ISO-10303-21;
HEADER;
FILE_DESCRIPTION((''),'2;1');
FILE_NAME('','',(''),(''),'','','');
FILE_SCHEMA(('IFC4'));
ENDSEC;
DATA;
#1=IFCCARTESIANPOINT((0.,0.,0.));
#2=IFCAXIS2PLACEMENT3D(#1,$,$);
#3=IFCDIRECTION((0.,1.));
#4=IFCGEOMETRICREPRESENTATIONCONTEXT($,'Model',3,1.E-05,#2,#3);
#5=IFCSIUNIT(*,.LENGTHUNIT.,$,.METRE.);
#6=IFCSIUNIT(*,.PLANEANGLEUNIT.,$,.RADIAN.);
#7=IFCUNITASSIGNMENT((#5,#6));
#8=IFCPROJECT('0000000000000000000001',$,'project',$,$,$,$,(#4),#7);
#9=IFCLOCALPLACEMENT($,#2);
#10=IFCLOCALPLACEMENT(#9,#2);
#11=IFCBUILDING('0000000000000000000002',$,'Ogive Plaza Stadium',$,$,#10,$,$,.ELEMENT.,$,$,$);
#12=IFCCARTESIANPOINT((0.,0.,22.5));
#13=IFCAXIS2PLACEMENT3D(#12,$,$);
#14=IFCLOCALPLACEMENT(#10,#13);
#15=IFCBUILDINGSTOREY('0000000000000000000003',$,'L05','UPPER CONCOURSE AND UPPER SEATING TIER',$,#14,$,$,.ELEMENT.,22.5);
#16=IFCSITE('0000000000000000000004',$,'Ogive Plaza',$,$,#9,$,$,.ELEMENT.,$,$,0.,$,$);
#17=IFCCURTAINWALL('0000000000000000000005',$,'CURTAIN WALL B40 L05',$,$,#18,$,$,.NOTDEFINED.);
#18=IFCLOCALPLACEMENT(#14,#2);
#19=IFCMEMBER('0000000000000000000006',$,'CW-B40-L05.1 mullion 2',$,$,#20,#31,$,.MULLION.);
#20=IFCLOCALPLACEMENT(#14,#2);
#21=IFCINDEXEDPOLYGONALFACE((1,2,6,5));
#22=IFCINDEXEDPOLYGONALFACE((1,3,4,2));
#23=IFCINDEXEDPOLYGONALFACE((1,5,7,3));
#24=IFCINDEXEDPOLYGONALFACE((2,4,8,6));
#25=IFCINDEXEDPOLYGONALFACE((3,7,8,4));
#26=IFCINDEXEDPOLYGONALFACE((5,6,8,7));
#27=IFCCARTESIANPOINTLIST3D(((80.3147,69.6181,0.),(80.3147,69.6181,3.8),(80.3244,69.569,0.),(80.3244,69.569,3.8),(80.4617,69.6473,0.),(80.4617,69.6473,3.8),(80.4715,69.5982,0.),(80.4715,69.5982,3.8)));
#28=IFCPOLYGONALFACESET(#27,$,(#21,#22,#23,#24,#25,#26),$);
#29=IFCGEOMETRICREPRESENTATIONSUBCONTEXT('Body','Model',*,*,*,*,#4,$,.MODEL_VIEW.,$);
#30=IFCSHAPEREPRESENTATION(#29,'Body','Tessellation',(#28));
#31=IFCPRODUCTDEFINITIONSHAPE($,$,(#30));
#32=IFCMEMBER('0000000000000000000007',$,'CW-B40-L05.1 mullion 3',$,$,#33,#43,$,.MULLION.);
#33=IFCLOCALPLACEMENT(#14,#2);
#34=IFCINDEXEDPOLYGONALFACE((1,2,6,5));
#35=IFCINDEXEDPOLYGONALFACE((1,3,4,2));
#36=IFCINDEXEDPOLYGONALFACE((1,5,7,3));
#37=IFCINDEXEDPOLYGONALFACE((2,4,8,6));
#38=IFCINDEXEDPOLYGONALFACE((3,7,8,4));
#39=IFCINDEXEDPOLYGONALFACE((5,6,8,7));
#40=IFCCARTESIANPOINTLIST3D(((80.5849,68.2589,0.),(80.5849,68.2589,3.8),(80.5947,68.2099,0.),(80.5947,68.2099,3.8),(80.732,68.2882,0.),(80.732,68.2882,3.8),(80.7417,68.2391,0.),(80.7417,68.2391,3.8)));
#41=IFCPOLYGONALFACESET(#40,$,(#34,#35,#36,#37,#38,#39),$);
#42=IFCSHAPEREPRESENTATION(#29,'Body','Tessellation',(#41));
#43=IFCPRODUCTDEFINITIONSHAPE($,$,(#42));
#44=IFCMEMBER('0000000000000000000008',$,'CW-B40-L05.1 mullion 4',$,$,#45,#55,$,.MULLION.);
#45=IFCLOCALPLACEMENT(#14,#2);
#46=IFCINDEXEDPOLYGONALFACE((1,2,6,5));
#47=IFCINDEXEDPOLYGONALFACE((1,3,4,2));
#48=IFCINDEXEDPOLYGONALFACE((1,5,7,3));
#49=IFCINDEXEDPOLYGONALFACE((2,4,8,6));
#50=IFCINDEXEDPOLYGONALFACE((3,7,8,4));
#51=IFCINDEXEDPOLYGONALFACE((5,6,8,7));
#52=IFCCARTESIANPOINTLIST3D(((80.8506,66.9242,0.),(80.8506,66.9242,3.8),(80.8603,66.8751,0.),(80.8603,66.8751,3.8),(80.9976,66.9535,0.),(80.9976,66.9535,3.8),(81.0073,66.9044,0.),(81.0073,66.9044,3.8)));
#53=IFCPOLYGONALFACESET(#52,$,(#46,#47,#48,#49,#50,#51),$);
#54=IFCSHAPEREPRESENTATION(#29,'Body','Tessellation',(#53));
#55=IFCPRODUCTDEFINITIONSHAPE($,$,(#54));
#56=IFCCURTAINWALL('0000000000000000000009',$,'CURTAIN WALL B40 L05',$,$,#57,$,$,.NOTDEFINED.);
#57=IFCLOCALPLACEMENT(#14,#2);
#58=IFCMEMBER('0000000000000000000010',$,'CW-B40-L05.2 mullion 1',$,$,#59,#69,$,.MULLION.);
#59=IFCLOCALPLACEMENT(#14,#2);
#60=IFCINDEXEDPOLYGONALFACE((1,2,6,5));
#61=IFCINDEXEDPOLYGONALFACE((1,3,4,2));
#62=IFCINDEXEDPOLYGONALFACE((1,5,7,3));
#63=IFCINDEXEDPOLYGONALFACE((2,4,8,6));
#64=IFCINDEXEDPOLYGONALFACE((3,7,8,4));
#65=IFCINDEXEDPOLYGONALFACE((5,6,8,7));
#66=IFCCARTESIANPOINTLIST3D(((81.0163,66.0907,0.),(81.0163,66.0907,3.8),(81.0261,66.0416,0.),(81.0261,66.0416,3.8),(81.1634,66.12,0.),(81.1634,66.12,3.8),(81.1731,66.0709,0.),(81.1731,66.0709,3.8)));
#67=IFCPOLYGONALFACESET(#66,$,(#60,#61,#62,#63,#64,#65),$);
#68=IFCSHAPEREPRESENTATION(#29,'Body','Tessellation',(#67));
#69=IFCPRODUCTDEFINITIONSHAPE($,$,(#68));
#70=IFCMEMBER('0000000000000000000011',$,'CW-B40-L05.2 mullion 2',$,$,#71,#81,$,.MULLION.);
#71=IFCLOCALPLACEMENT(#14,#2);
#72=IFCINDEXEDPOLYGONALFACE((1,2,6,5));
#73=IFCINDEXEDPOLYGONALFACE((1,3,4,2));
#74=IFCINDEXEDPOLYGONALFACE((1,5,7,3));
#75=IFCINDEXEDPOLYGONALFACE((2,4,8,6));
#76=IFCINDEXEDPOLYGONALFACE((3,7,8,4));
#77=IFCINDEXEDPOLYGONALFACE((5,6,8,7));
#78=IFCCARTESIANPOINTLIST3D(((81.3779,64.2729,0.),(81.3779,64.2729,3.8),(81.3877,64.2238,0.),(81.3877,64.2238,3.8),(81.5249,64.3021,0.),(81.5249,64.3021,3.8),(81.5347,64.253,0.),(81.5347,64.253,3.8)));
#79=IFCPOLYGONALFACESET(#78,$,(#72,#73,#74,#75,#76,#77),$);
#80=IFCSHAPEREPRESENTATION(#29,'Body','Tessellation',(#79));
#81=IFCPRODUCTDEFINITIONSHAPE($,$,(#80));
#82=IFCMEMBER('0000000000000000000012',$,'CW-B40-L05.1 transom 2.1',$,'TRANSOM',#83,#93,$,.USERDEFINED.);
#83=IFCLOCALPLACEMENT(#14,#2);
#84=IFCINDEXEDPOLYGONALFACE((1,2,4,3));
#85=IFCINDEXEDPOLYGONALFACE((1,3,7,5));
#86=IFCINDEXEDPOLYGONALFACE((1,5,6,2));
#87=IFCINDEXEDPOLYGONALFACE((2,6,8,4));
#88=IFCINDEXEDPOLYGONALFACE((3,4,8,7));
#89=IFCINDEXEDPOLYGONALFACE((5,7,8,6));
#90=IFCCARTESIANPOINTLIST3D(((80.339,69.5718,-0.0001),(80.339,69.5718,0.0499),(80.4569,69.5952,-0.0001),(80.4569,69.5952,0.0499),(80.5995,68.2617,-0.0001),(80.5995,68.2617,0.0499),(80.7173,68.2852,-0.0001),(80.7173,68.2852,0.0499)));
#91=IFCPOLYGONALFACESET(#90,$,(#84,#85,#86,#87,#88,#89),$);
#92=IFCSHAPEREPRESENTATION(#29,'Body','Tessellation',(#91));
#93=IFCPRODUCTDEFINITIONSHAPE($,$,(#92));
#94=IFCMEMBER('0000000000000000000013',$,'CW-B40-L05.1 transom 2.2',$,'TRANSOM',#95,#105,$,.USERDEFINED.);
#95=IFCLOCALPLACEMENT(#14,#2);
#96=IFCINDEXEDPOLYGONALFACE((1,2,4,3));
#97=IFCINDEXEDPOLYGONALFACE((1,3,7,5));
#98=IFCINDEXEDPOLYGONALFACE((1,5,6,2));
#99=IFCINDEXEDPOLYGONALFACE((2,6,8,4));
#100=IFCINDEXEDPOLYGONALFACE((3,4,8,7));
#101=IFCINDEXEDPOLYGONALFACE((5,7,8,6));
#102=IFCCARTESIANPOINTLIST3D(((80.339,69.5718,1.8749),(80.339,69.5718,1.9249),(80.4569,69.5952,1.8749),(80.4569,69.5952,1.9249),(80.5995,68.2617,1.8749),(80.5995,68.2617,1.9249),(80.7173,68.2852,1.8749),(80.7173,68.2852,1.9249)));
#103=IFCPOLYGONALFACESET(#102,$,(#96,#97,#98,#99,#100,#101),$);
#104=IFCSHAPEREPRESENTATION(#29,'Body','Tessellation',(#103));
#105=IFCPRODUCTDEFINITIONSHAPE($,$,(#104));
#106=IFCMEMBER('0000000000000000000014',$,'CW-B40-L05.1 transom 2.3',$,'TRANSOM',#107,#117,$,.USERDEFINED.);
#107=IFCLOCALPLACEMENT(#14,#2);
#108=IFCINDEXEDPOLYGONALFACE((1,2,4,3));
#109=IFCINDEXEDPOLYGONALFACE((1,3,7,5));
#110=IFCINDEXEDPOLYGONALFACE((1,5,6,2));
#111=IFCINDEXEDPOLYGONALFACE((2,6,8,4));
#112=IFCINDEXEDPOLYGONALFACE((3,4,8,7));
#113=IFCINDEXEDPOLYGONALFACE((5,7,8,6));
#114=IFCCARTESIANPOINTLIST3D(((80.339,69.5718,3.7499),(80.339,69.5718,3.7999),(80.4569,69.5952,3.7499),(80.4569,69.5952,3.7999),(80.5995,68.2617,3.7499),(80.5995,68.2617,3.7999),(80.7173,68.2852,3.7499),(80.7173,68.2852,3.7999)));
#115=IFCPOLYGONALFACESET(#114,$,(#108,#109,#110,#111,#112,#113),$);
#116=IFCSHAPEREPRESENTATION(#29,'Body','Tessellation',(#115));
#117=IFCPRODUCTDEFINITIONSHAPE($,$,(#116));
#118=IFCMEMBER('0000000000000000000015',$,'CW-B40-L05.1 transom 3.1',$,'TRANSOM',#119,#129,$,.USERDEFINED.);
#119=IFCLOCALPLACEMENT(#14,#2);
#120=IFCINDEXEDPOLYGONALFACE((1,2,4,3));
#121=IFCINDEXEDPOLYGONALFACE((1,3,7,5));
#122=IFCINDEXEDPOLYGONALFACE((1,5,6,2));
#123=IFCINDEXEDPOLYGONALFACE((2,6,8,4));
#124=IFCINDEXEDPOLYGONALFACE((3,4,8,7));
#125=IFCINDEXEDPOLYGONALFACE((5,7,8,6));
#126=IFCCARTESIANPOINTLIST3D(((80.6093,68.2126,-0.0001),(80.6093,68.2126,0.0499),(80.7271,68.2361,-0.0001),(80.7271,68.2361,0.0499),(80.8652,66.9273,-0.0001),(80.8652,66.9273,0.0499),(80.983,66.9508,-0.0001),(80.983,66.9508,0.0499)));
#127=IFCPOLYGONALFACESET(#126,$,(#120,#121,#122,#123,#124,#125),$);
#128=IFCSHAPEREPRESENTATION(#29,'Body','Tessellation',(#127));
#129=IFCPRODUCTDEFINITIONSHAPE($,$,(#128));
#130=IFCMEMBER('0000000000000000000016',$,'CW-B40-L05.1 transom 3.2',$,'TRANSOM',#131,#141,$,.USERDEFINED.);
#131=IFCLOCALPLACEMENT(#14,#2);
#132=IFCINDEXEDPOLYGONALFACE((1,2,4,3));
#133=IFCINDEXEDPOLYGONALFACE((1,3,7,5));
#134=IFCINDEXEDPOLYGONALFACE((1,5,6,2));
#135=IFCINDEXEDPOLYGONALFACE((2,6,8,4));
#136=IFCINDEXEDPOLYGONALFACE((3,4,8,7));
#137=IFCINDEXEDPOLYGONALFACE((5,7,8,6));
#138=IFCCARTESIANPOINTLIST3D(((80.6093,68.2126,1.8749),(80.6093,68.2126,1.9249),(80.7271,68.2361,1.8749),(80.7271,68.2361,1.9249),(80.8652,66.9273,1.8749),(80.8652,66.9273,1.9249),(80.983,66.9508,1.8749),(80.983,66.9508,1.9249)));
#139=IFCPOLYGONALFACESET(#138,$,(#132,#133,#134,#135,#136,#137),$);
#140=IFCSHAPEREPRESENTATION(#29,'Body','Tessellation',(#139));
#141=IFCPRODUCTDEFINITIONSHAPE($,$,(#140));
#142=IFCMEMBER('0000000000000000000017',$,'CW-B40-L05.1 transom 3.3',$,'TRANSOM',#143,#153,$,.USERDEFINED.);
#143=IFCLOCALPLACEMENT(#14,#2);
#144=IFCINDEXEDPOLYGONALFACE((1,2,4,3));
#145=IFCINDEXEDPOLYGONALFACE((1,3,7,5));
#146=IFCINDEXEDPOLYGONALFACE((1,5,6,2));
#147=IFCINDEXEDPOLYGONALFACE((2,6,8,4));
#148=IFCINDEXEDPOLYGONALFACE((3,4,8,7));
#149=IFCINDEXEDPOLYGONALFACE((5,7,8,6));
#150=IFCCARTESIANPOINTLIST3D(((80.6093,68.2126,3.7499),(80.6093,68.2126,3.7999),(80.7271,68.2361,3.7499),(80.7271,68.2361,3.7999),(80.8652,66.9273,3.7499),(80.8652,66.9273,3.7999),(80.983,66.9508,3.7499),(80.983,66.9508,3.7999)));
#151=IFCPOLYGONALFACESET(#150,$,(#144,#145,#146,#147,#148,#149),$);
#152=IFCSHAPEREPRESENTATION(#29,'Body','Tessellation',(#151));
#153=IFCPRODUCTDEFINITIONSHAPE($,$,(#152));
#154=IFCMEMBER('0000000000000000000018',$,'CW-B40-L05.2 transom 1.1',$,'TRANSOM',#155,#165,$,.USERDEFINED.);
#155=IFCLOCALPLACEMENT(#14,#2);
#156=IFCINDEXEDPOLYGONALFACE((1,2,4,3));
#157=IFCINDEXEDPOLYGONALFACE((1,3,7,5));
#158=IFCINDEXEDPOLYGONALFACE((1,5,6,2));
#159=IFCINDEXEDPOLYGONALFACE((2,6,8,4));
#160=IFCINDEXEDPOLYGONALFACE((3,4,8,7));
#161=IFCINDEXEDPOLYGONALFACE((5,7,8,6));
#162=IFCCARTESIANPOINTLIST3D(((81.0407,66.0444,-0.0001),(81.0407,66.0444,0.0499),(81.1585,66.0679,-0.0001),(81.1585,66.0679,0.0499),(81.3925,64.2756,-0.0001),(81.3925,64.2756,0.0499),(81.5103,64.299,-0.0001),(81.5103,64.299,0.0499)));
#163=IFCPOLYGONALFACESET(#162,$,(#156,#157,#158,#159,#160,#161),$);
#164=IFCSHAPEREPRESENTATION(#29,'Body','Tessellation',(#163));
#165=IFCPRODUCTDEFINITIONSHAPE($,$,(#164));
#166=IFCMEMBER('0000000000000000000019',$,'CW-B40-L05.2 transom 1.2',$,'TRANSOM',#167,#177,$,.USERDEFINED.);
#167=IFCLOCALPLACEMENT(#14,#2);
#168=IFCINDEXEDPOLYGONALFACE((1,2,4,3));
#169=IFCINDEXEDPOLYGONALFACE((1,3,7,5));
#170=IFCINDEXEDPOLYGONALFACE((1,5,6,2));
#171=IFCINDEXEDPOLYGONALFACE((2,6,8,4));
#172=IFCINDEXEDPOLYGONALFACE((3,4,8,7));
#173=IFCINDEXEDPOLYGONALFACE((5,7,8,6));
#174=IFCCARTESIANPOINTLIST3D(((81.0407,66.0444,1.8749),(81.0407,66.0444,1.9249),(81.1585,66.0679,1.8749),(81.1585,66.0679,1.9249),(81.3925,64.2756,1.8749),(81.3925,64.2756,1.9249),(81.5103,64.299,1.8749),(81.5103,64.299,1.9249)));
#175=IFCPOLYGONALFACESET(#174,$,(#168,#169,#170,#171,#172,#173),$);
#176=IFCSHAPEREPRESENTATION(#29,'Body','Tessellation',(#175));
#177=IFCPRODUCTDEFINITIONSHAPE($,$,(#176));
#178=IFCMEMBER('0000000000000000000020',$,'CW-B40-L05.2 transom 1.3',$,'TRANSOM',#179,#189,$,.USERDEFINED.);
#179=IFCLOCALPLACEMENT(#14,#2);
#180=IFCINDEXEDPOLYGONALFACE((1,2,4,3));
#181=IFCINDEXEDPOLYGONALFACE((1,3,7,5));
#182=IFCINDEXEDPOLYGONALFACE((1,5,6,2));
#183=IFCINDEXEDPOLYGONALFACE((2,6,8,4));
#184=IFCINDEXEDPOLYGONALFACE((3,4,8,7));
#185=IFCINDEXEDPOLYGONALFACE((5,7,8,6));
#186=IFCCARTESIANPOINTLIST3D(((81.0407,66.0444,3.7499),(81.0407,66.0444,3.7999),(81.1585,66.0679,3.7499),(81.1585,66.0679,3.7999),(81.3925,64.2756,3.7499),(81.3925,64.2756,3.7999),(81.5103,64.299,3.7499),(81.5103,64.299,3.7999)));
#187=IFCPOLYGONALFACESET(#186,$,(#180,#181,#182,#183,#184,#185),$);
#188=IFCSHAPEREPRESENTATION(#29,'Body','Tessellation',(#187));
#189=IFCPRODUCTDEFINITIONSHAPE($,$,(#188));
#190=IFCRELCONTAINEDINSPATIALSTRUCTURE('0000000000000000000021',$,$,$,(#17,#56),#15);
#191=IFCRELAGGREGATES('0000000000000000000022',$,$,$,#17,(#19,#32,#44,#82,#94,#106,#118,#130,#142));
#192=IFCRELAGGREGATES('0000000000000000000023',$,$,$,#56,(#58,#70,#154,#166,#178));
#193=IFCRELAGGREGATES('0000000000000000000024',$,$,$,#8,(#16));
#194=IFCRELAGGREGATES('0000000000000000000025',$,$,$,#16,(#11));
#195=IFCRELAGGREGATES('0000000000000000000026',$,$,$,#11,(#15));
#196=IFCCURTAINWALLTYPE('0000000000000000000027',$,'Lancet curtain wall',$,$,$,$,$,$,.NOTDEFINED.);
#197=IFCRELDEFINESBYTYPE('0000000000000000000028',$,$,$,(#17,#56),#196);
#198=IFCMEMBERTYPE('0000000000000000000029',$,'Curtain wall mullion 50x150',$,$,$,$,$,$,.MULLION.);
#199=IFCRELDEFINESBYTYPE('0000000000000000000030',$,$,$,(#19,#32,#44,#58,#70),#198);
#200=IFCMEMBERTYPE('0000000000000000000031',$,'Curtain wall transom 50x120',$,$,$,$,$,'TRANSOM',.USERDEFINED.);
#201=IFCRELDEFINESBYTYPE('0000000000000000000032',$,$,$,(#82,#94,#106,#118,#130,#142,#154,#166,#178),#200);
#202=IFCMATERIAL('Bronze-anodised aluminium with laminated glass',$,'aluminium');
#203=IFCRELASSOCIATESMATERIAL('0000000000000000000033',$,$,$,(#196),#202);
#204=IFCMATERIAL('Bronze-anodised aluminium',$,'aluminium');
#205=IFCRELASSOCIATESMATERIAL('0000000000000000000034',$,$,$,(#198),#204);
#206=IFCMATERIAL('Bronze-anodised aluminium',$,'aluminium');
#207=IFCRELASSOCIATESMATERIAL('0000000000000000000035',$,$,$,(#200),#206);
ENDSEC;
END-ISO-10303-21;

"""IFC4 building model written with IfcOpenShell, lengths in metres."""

from ifc_helpers import new_model, si_unit, direction, frame, origin, origin_2d, place, context, subcontext, project, spatial, rectangle, extrude, material, material_profile, profile_set, type_object, element, aggregate, save


model = new_model("IFC4")

# Units and contexts
model_context = context("Model", 3, precision=1e-05, world=origin(), true_north=direction((0.0, 1.0)))
body_context = subcontext(model_context, "Body", "Model", "MODEL_VIEW")
ifc_project = project(units=[si_unit("LENGTHUNIT", "METRE"), si_unit("PLANEANGLEUNIT", "RADIAN")], contexts=[model_context])

# Site, building, storey
site_placement = place(None, origin())
site = spatial("IfcSite", under=ifc_project, at=site_placement, Name="Ogive Plaza", CompositionType="ELEMENT", RefElevation=0.0)
building_placement = place(site_placement, origin())
building = spatial("IfcBuilding", under=site, at=building_placement, Name="Ogive Plaza Stadium", CompositionType="ELEMENT")
storey_placement = place(building_placement, frame((0.0, 0.0, 22.5)))
storey = spatial("IfcBuildingStorey", under=building, at=storey_placement, Name="L05", Description="UPPER CONCOURSE AND UPPER SEATING TIER", CompositionType="ELEMENT", Elevation=22.5)

# Curtain walls, members
ifc_material_1 = material(Name="Bronze-anodised aluminium with laminated glass", Category="aluminium")
curtain_wall_type = type_object("IfcCurtainWallType", Name="Lancet curtain wall", PredefinedType="NOTDEFINED", material=ifc_material_1)
curtain_wall_1_placement = place(storey_placement, origin())
curtain_wall_1 = element("IfcCurtainWall", 1, at=curtain_wall_1_placement, inside=storey, type_object=curtain_wall_type, Name="CURTAIN WALL B40 L05", PredefinedType="NOTDEFINED")
ifc_material_2 = material(Name="Bronze-anodised aluminium", Category="aluminium")
ifc_material_profile_1 = material_profile(ifc_material_2, rectangle(XDim=0.1499, YDim=0.05, at=origin_2d()), Name="AL 150x50")
ifc_profile_set_1 = profile_set([ifc_material_profile_1], Name="Bronze-anodised aluminium")
member_type_1 = type_object("IfcMemberType", Name="Curtain wall mullion 50x150", PredefinedType="MULLION", material=ifc_profile_set_1)
member_1_placement = place(storey_placement, frame((80.3931, 69.6082, 0.0), z_axis=(0.0, 0.0, 1.0), x_axis=(0.980785, 0.19509, 0.0)))
member_1 = element("IfcMember", 2, at=member_1_placement, type_object=member_type_1, Name="CW-B40-L05.1 mullion 2", PredefinedType="MULLION", context=body_context, shape_type="SweptSolid", body=[
    extrude(rectangle(XDim=0.1499, YDim=0.05, at=origin_2d()), origin(), (0.0, 0.0, 1.0), 3.8),
])
member_2_placement = place(storey_placement, frame((80.6633, 68.249, 0.0), z_axis=(0.0, 0.0, 1.0), x_axis=(0.980785, 0.19509, 0.0)))
member_2 = element("IfcMember", 3, at=member_2_placement, type_object=member_type_1, Name="CW-B40-L05.1 mullion 3", PredefinedType="MULLION", context=body_context, shape_type="SweptSolid", body=[
    extrude(rectangle(XDim=0.1499, YDim=0.05, at=origin_2d()), origin(), (0.0, 0.0, 1.0), 3.8),
])
member_3_placement = place(storey_placement, frame((80.929, 66.9143, 0.0), z_axis=(0.0, 0.0, 1.0), x_axis=(0.980785, 0.19509, 0.0)))
member_3 = element("IfcMember", 4, at=member_3_placement, type_object=member_type_1, Name="CW-B40-L05.1 mullion 4", PredefinedType="MULLION", context=body_context, shape_type="SweptSolid", body=[
    extrude(rectangle(XDim=0.1499, YDim=0.05, at=origin_2d()), origin(), (0.0, 0.0, 1.0), 3.8),
])
curtain_wall_2_placement = place(storey_placement, origin())
curtain_wall_2 = element("IfcCurtainWall", 5, at=curtain_wall_2_placement, inside=storey, type_object=curtain_wall_type, Name="CURTAIN WALL B40 L05", PredefinedType="NOTDEFINED")
member_4_placement = place(storey_placement, frame((81.0947, 66.0808, 0.0), z_axis=(0.0, 0.0, 1.0), x_axis=(0.980785, 0.19509, 0.0)))
member_4 = element("IfcMember", 6, at=member_4_placement, type_object=member_type_1, Name="CW-B40-L05.2 mullion 1", PredefinedType="MULLION", context=body_context, shape_type="SweptSolid", body=[
    extrude(rectangle(XDim=0.1499, YDim=0.05, at=origin_2d()), origin(), (0.0, 0.0, 1.0), 3.8),
])
member_5_placement = place(storey_placement, frame((81.4563, 64.2629, 0.0), z_axis=(0.0, 0.0, 1.0), x_axis=(0.980785, 0.19509, 0.0)))
member_5 = element("IfcMember", 7, at=member_5_placement, type_object=member_type_1, Name="CW-B40-L05.2 mullion 2", PredefinedType="MULLION", context=body_context, shape_type="SweptSolid", body=[
    extrude(rectangle(XDim=0.1499, YDim=0.05, at=origin_2d()), origin(), (0.0, 0.0, 1.0), 3.8),
])

# Members
ifc_material_3 = material(Name="Bronze-anodised aluminium", Category="aluminium")
ifc_material_profile_2 = material_profile(ifc_material_3, rectangle(XDim=0.1201, YDim=0.05, at=origin_2d()), Name="AL 120x50")
ifc_profile_set_2 = profile_set([ifc_material_profile_2], Name="Bronze-anodised aluminium")
member_type_2 = type_object("IfcMemberType", Name="Curtain wall transom 50x120", ElementType="TRANSOM", PredefinedType="USERDEFINED", material=ifc_profile_set_2)
member_6_placement = place(storey_placement, frame((80.3979, 69.5835, 0.0249), z_axis=(0.195026, -0.980798, 0.0), x_axis=(0.980798, 0.195026, 0.0)))
member_6 = element("IfcMember", 8, at=member_6_placement, type_object=member_type_2, Name="CW-B40-L05.1 transom 2.1", ObjectType="TRANSOM", PredefinedType="USERDEFINED", context=body_context, shape_type="SweptSolid", body=[
    extrude(rectangle(XDim=0.1201, YDim=0.05, at=origin_2d()), origin(), (0.0, 0.0, 1.0), 1.3357),
])
member_7_placement = place(storey_placement, frame((80.3979, 69.5835, 1.8999), z_axis=(0.195026, -0.980798, 0.0), x_axis=(0.980798, 0.195026, 0.0)))
member_7 = element("IfcMember", 9, at=member_7_placement, type_object=member_type_2, Name="CW-B40-L05.1 transom 2.2", ObjectType="TRANSOM", PredefinedType="USERDEFINED", context=body_context, shape_type="SweptSolid", body=[
    extrude(rectangle(XDim=0.1201, YDim=0.05, at=origin_2d()), origin(), (0.0, 0.0, 1.0), 1.3357),
])
member_8_placement = place(storey_placement, frame((80.3979, 69.5835, 3.7749), z_axis=(0.195026, -0.980798, 0.0), x_axis=(0.980798, 0.195026, 0.0)))
member_8 = element("IfcMember", 10, at=member_8_placement, type_object=member_type_2, Name="CW-B40-L05.1 transom 2.3", ObjectType="TRANSOM", PredefinedType="USERDEFINED", context=body_context, shape_type="SweptSolid", body=[
    extrude(rectangle(XDim=0.1201, YDim=0.05, at=origin_2d()), origin(), (0.0, 0.0, 1.0), 1.3357),
])
member_9_placement = place(storey_placement, frame((80.6682, 68.2244, 0.0249), z_axis=(0.19522, -0.980759, 0.0), x_axis=(0.980759, 0.19522, 0.0)))
member_9 = element("IfcMember", 11, at=member_9_placement, type_object=member_type_2, Name="CW-B40-L05.1 transom 3.1", ObjectType="TRANSOM", PredefinedType="USERDEFINED", context=body_context, shape_type="SweptSolid", body=[
    extrude(rectangle(XDim=0.1201, YDim=0.05, at=origin_2d()), origin(), (0.0, 0.0, 1.0), 1.3105),
])
member_10_placement = place(storey_placement, frame((80.6682, 68.2244, 1.8999), z_axis=(0.19522, -0.980759, 0.0), x_axis=(0.980759, 0.19522, 0.0)))
member_10 = element("IfcMember", 12, at=member_10_placement, type_object=member_type_2, Name="CW-B40-L05.1 transom 3.2", ObjectType="TRANSOM", PredefinedType="USERDEFINED", context=body_context, shape_type="SweptSolid", body=[
    extrude(rectangle(XDim=0.1201, YDim=0.05, at=origin_2d()), origin(), (0.0, 0.0, 1.0), 1.3105),
])
member_11_placement = place(storey_placement, frame((80.6682, 68.2244, 3.7749), z_axis=(0.19522, -0.980759, 0.0), x_axis=(0.980759, 0.19522, 0.0)))
member_11 = element("IfcMember", 13, at=member_11_placement, type_object=member_type_2, Name="CW-B40-L05.1 transom 3.3", ObjectType="TRANSOM", PredefinedType="USERDEFINED", context=body_context, shape_type="SweptSolid", body=[
    extrude(rectangle(XDim=0.1201, YDim=0.05, at=origin_2d()), origin(), (0.0, 0.0, 1.0), 1.3105),
])
member_12_placement = place(storey_placement, frame((81.0996, 66.0562, 0.0249), z_axis=(0.195075, -0.980788, 0.0), x_axis=(0.980788, 0.195075, 0.0)))
member_12 = element("IfcMember", 14, at=member_12_placement, type_object=member_type_2, Name="CW-B40-L05.2 transom 1.1", ObjectType="TRANSOM", PredefinedType="USERDEFINED", context=body_context, shape_type="SweptSolid", body=[
    extrude(rectangle(XDim=0.1201, YDim=0.05, at=origin_2d()), origin(), (0.0, 0.0, 1.0), 1.8035),
])
member_13_placement = place(storey_placement, frame((81.0996, 66.0562, 1.8999), z_axis=(0.195075, -0.980788, 0.0), x_axis=(0.980788, 0.195075, 0.0)))
member_13 = element("IfcMember", 15, at=member_13_placement, type_object=member_type_2, Name="CW-B40-L05.2 transom 1.2", ObjectType="TRANSOM", PredefinedType="USERDEFINED", context=body_context, shape_type="SweptSolid", body=[
    extrude(rectangle(XDim=0.1201, YDim=0.05, at=origin_2d()), origin(), (0.0, 0.0, 1.0), 1.8035),
])
member_14_placement = place(storey_placement, frame((81.0996, 66.0562, 3.7749), z_axis=(0.195075, -0.980788, 0.0), x_axis=(0.980788, 0.195075, 0.0)))
member_14 = element("IfcMember", 16, at=member_14_placement, type_object=member_type_2, Name="CW-B40-L05.2 transom 1.3", ObjectType="TRANSOM", PredefinedType="USERDEFINED", context=body_context, shape_type="SweptSolid", body=[
    extrude(rectangle(XDim=0.1201, YDim=0.05, at=origin_2d()), origin(), (0.0, 0.0, 1.0), 1.8035),
])

aggregate(curtain_wall_1, [member_1, member_2, member_3, member_6, member_7, member_8, member_9, member_10, member_11])
aggregate(curtain_wall_2, [member_4, member_5, member_12, member_13, member_14])

save(model, "model.ifc")
